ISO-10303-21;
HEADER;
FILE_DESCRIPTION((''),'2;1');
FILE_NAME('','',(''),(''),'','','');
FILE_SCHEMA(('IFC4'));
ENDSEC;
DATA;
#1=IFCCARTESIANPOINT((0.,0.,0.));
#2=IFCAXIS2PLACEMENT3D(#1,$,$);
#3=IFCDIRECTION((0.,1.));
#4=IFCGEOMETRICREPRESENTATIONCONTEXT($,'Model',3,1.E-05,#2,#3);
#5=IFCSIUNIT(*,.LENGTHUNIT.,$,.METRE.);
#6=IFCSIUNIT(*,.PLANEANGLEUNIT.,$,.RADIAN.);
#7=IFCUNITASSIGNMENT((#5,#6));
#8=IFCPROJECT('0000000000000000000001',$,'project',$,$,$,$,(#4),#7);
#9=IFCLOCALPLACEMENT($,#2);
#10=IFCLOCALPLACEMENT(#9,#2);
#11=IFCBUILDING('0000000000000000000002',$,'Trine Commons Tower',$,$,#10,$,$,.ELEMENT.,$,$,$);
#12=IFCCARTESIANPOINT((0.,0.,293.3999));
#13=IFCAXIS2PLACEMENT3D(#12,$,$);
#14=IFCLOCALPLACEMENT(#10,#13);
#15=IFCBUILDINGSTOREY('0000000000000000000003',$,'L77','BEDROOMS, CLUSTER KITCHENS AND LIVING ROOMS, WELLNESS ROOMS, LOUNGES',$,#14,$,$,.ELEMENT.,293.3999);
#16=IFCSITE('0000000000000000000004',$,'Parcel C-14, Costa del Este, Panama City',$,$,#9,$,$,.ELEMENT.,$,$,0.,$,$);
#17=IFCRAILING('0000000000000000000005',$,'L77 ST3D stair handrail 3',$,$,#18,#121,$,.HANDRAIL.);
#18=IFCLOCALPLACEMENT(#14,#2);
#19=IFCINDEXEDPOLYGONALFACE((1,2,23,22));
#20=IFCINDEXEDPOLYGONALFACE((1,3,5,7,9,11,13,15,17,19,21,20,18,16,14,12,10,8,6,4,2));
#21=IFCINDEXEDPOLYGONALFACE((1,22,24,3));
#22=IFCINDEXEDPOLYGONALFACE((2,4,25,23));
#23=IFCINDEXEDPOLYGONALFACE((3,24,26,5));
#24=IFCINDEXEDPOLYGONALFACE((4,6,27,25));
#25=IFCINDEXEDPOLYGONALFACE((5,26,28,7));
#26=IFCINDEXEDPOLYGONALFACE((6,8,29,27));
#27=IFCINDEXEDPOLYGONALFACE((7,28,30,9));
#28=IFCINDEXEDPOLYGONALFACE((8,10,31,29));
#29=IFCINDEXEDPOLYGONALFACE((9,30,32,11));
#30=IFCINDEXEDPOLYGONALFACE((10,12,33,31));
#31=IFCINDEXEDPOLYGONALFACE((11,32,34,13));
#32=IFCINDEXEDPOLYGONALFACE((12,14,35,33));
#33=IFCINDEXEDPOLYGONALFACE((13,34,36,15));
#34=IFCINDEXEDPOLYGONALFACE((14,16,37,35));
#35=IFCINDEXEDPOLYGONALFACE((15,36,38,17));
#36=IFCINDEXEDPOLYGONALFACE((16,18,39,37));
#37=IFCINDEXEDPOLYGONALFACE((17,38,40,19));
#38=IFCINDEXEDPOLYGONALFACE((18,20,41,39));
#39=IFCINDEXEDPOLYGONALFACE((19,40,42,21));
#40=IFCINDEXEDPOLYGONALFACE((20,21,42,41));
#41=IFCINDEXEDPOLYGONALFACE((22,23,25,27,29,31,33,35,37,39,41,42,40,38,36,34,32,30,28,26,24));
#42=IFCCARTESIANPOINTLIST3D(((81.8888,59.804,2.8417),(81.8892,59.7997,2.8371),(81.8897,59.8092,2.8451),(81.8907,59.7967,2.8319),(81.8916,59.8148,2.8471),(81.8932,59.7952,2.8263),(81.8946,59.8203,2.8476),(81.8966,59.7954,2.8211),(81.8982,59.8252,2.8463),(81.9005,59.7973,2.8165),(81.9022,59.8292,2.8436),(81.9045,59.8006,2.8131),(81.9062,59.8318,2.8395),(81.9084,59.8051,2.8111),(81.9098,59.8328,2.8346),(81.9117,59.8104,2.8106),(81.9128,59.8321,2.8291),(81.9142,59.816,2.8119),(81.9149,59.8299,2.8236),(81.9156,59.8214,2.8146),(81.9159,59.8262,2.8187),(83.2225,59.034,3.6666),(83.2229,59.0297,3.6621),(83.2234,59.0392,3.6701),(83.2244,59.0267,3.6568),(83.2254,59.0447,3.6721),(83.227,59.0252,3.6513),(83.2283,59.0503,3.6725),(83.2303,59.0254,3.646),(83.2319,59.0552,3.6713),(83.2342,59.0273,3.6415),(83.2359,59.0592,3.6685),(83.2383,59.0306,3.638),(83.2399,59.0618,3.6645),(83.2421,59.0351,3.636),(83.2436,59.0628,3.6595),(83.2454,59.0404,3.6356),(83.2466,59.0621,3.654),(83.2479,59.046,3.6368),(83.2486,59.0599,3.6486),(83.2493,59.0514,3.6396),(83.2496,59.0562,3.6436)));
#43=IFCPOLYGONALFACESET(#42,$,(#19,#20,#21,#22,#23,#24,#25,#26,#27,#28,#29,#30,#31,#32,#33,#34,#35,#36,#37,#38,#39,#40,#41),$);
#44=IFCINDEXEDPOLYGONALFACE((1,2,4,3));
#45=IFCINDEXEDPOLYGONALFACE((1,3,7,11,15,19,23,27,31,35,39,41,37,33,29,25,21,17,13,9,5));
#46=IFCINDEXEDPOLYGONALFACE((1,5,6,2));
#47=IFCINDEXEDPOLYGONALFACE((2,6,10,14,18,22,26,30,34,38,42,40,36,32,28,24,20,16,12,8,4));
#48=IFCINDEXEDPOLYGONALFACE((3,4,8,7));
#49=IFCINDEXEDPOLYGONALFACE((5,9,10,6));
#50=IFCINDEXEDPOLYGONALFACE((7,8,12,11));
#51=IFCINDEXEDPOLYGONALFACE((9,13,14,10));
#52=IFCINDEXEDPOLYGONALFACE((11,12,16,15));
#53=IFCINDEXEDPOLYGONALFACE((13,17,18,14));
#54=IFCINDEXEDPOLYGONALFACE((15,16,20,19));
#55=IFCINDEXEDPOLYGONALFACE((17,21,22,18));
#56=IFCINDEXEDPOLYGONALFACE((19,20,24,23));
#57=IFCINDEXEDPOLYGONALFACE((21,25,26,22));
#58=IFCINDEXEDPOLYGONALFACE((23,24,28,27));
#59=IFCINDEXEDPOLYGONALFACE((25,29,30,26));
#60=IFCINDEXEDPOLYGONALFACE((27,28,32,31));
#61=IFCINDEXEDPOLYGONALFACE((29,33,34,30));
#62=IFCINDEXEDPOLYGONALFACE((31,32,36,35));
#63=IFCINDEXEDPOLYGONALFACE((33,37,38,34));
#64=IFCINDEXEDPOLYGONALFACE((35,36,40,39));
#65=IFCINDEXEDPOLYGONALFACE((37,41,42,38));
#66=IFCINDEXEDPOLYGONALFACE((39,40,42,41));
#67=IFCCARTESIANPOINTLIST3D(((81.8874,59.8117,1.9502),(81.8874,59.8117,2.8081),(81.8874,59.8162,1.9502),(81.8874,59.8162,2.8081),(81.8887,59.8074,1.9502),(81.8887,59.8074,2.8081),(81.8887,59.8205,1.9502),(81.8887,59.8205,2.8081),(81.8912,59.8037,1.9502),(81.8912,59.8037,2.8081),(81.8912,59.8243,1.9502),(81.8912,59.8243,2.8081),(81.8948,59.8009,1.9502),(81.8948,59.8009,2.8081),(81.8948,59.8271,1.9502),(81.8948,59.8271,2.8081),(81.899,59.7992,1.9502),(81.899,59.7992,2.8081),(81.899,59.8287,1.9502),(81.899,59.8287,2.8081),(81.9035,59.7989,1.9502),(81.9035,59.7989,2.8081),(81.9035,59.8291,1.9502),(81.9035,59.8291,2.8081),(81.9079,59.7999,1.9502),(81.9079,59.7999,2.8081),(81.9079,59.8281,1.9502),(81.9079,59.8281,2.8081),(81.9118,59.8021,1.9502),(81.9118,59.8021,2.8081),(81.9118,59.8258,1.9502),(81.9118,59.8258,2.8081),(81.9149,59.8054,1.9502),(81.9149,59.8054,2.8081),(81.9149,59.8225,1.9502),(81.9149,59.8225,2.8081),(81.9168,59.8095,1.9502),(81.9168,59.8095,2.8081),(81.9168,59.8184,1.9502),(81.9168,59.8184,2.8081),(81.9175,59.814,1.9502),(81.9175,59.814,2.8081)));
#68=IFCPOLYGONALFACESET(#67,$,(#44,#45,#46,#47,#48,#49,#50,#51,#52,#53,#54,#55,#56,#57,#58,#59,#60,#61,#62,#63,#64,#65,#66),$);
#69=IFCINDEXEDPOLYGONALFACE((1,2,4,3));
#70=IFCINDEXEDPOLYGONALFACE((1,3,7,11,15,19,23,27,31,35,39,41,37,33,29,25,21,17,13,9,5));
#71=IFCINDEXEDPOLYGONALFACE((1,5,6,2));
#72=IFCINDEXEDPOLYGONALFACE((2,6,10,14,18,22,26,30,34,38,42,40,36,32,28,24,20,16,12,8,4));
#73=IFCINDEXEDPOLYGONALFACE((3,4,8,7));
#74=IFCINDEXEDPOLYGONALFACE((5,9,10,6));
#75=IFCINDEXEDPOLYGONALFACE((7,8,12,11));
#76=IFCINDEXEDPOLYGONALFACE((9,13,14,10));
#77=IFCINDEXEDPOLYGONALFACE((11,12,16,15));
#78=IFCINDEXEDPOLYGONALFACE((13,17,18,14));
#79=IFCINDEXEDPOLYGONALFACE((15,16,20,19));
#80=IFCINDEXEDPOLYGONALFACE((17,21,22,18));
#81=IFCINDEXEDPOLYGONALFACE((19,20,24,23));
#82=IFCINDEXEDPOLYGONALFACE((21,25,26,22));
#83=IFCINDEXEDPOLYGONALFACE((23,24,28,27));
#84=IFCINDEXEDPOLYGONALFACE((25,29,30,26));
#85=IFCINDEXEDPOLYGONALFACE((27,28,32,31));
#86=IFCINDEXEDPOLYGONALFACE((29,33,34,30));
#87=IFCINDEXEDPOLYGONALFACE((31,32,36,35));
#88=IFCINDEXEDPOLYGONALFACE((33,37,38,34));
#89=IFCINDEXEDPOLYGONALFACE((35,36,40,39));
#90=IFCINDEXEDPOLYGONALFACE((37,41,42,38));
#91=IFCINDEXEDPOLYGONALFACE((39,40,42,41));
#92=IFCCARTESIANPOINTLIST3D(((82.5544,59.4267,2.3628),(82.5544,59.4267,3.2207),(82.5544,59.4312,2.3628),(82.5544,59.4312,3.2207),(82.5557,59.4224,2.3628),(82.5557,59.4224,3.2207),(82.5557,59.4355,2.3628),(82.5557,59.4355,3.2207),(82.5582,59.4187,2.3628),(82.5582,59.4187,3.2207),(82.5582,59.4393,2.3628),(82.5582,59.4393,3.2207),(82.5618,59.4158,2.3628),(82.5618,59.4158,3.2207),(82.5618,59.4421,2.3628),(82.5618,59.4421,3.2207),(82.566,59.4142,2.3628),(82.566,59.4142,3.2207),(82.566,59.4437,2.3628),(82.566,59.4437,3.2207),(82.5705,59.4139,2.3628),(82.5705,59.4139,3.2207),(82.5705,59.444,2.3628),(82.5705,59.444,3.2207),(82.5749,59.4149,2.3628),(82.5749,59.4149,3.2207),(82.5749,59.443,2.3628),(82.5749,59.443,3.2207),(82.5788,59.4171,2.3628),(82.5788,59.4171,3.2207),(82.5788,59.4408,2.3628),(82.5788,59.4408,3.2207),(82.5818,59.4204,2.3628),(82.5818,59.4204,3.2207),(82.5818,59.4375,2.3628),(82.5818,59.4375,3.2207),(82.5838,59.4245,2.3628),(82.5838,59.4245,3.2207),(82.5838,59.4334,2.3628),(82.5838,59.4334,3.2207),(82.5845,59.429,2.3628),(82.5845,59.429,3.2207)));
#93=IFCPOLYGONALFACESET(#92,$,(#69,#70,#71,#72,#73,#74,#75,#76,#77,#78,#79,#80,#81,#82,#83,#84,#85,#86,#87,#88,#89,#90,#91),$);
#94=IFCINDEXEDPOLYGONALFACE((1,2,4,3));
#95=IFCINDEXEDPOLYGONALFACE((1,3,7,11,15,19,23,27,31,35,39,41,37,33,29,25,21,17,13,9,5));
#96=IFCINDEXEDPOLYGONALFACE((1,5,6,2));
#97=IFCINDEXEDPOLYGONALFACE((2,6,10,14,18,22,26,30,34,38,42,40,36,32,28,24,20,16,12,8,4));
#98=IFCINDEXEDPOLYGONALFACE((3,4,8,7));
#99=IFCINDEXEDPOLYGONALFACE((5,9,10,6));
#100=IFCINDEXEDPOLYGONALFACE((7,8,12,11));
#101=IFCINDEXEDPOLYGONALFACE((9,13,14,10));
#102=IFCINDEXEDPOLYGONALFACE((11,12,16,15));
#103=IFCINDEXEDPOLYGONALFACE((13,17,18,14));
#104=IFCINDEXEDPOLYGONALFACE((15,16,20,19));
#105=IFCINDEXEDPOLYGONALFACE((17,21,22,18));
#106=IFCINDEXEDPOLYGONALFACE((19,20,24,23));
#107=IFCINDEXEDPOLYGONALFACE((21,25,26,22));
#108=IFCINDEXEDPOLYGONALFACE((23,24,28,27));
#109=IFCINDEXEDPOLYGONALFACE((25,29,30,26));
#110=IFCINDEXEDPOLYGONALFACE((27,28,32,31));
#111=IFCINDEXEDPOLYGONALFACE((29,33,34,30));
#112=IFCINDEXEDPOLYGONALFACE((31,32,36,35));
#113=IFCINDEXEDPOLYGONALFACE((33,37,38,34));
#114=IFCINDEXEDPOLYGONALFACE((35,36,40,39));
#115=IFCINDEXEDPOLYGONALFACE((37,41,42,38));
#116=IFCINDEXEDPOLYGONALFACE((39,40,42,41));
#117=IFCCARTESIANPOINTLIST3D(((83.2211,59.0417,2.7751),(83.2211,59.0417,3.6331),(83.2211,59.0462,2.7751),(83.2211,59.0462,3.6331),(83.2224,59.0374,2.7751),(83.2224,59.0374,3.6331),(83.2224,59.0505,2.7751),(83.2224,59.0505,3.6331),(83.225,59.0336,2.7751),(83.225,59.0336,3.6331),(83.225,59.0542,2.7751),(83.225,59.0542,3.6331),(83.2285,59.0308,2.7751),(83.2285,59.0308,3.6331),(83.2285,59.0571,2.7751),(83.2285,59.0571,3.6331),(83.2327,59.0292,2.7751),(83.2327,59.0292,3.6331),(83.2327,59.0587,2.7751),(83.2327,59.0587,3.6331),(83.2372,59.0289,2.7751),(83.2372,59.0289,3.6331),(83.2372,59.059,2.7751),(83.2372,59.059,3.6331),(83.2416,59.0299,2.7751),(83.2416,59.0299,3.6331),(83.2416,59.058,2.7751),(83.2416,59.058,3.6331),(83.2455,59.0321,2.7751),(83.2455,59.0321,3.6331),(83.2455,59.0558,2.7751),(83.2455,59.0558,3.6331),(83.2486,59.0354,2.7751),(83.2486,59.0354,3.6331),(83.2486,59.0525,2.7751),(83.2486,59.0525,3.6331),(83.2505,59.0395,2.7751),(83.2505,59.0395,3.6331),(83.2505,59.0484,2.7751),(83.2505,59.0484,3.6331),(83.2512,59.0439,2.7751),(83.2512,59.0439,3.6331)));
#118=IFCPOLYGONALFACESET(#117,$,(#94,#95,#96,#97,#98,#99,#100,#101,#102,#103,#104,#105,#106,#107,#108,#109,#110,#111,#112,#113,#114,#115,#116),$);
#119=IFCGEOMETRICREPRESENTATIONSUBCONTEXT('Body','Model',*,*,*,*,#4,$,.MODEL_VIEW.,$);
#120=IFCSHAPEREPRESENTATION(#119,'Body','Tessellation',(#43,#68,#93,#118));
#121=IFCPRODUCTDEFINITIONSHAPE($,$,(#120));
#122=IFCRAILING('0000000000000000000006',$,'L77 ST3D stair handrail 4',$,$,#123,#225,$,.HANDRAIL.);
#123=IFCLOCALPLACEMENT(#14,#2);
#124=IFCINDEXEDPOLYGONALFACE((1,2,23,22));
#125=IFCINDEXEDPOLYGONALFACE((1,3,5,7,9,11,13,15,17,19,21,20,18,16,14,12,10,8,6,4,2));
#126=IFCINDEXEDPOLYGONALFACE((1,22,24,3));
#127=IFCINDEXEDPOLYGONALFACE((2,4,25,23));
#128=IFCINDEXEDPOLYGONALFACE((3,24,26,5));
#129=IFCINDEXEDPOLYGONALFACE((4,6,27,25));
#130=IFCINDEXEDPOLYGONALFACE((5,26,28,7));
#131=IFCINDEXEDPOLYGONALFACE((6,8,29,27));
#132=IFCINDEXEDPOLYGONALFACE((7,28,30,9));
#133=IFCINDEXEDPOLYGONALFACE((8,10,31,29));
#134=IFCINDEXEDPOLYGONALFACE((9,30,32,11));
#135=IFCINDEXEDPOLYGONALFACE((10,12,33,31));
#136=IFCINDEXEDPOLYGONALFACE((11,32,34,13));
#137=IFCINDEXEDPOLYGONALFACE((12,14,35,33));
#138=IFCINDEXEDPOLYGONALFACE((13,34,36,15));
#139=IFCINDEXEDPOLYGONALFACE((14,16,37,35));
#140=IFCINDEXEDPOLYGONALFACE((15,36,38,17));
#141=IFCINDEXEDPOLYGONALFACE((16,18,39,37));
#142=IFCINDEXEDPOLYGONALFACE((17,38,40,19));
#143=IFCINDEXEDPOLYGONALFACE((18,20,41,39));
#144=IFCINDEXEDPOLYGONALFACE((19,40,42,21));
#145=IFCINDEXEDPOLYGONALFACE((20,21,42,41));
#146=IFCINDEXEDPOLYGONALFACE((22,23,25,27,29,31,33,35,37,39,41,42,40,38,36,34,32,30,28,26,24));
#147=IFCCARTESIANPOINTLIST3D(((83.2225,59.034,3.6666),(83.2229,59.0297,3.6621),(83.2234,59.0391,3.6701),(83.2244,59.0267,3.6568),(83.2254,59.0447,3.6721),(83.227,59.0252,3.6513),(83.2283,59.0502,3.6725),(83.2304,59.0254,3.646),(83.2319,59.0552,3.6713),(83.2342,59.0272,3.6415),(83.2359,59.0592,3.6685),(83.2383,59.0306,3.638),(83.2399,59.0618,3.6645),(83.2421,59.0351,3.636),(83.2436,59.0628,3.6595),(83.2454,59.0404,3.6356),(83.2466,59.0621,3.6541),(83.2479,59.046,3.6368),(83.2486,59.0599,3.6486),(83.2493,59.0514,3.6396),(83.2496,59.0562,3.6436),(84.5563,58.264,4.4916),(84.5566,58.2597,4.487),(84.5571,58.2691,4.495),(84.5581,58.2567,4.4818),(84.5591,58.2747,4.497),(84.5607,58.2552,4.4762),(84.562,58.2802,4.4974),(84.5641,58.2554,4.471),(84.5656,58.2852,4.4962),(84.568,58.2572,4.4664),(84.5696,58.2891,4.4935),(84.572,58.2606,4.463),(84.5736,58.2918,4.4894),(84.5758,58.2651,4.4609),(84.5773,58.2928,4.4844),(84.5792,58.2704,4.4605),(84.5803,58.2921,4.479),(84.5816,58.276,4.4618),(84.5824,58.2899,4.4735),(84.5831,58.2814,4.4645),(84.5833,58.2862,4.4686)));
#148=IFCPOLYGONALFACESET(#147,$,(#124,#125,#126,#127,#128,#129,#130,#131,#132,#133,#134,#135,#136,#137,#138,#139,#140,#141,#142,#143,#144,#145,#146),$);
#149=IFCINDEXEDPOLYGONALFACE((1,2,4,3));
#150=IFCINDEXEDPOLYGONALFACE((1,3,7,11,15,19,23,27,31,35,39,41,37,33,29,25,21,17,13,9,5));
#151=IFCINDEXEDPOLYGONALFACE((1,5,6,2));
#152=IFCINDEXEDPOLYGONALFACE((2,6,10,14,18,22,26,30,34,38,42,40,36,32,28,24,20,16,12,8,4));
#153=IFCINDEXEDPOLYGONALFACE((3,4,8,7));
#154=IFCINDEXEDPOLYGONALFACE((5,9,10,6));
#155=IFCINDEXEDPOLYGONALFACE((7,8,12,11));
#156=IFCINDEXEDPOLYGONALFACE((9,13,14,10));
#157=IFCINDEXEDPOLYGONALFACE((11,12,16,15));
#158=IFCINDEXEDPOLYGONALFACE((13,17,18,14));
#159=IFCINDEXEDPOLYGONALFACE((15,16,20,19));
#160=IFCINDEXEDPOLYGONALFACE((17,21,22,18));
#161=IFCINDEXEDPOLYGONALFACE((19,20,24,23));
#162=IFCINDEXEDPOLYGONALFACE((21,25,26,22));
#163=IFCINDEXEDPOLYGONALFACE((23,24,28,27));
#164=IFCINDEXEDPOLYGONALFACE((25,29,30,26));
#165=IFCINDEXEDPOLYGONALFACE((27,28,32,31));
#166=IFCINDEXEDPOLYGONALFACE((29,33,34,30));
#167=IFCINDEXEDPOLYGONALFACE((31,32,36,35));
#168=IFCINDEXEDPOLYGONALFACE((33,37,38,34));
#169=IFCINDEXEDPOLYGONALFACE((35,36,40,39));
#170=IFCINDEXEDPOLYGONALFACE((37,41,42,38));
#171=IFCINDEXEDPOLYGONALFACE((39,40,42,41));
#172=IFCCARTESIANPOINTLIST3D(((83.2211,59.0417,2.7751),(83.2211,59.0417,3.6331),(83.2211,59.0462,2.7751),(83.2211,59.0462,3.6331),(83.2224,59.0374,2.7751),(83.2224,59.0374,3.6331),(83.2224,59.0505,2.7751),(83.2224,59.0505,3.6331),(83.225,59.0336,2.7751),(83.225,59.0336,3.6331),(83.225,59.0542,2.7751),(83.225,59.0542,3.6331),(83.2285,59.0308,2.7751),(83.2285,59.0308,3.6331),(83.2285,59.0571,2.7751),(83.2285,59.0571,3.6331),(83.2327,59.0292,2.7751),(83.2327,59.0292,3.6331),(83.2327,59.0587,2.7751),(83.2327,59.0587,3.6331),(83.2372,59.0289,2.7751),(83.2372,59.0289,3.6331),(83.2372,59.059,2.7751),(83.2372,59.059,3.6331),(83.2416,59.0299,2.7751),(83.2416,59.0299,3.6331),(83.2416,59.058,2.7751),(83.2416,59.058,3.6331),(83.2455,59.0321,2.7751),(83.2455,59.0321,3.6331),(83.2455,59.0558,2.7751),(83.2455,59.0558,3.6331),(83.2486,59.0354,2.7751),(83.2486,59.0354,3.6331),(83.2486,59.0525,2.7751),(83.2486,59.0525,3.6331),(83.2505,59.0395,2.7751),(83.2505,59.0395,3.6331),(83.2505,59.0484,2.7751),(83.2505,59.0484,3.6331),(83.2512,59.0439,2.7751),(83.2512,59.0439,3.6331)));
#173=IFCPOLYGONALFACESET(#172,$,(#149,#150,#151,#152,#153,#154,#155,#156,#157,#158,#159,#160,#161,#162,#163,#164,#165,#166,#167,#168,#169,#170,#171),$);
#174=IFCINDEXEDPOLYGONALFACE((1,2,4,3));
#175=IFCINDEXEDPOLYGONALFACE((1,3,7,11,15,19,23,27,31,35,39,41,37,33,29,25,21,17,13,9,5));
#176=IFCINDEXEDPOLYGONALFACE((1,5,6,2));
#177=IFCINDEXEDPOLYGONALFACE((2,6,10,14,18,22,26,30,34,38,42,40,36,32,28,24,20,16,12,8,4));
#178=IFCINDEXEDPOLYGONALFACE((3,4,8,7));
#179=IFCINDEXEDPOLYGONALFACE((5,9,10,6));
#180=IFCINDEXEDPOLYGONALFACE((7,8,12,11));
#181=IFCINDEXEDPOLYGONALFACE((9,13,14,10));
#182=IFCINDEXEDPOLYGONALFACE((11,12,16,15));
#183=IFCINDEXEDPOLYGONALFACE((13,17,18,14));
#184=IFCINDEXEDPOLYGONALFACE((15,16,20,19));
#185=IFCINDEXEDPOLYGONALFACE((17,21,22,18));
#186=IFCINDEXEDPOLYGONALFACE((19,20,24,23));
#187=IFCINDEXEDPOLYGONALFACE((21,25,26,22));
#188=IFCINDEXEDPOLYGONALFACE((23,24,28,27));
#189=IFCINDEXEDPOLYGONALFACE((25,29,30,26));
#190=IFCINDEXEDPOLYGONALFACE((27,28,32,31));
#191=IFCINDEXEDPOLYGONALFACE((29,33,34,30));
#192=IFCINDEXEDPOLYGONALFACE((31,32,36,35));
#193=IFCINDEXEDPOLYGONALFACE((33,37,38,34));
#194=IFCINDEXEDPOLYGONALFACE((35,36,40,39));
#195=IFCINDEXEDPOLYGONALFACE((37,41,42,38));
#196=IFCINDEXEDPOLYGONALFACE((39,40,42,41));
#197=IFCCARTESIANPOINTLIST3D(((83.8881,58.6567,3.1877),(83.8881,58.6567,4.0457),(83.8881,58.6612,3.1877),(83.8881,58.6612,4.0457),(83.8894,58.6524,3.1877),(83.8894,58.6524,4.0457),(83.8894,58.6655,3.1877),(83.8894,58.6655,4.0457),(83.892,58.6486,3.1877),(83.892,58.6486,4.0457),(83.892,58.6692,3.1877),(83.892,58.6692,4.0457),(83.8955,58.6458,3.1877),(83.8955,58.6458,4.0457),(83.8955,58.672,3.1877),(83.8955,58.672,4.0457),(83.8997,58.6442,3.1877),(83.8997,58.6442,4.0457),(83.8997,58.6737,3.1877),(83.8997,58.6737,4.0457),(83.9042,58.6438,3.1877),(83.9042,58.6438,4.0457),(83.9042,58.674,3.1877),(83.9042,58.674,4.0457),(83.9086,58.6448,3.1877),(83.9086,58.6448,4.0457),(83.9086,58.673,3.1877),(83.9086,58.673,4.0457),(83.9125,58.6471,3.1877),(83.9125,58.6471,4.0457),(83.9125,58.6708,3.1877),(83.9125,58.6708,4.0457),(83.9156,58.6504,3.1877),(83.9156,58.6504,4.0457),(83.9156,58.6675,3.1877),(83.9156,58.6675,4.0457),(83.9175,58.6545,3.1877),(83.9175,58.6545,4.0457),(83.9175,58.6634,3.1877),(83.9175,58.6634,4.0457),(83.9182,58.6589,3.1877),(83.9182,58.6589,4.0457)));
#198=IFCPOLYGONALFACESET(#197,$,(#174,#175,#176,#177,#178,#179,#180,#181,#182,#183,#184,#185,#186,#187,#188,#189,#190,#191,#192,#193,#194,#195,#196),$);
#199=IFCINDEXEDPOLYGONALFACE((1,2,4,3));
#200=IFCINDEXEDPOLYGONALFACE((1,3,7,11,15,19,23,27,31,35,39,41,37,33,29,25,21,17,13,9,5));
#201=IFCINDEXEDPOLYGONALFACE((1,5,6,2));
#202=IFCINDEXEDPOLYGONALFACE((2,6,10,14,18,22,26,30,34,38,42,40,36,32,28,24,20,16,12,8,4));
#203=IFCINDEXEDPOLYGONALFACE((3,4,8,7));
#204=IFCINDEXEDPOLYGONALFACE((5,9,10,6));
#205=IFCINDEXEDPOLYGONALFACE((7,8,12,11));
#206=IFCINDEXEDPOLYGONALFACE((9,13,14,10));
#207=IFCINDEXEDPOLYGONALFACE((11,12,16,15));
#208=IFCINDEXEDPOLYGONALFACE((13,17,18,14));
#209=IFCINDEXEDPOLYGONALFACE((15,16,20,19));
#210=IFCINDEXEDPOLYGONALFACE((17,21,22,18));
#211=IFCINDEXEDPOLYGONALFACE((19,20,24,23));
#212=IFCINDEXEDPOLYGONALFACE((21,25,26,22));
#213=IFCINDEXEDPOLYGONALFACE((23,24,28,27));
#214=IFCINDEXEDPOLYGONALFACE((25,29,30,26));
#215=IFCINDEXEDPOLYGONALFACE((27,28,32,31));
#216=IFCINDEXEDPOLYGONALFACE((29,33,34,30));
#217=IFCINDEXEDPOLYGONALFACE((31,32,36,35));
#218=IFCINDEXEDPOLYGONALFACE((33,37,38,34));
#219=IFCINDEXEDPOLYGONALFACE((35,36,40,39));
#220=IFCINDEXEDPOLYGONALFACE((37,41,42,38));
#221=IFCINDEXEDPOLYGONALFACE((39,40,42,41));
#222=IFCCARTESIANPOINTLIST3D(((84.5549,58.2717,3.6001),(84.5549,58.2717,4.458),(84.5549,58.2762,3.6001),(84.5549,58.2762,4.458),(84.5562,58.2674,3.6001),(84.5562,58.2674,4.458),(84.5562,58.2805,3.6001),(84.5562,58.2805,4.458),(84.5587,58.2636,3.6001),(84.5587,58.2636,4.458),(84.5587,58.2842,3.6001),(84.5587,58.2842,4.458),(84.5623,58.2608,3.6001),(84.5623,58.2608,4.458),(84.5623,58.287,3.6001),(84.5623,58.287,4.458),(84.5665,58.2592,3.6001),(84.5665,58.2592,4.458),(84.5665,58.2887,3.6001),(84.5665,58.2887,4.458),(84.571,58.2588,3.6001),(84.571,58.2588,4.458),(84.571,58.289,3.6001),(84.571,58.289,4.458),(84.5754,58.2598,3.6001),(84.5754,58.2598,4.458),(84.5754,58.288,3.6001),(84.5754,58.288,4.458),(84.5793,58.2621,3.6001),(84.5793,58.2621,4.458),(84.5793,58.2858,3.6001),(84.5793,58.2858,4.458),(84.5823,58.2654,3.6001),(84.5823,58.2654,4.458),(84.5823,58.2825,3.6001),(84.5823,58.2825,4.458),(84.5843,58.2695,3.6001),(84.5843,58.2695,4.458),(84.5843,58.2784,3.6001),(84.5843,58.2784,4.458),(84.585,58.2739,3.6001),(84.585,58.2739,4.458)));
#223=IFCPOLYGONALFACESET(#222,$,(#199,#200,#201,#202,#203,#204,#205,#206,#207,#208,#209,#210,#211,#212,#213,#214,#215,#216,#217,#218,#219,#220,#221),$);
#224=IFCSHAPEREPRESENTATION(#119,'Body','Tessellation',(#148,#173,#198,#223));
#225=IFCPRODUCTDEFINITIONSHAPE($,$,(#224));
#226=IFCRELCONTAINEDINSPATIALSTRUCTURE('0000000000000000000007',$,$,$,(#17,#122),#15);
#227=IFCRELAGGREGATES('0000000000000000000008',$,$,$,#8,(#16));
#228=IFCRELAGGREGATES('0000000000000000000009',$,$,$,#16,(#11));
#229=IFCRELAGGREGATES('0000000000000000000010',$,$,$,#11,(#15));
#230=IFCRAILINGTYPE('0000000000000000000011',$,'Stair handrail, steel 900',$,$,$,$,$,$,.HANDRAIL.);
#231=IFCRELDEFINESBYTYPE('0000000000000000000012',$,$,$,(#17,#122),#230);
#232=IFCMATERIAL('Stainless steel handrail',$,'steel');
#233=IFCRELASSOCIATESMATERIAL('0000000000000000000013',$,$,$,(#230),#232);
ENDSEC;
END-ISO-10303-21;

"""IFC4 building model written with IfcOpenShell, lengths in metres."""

from ifc_helpers import new_model, si_unit, direction, frame, origin, origin_2d, place, context, subcontext, project, spatial, circle, extrude, material, type_object, element, save


model = new_model("IFC4")

# Units and contexts
model_context = context("Model", 3, precision=1e-05, world=origin(), true_north=direction((0.0, 1.0)))
body_context = subcontext(model_context, "Body", "Model", "MODEL_VIEW")
ifc_project = project(units=[si_unit("LENGTHUNIT", "METRE"), si_unit("PLANEANGLEUNIT", "RADIAN")], contexts=[model_context])

# Site, building, storey
site_placement = place(None, origin())
site = spatial("IfcSite", under=ifc_project, at=site_placement, Name="Parcel C-14, Costa del Este, Panama City", CompositionType="ELEMENT", RefElevation=0.0)
building_placement = place(site_placement, origin())
building = spatial("IfcBuilding", under=site, at=building_placement, Name="Trine Commons Tower", CompositionType="ELEMENT")
storey_placement = place(building_placement, frame((0.0, 0.0, 293.3999)))
storey = spatial("IfcBuildingStorey", under=building, at=storey_placement, Name="L77", Description="BEDROOMS, CLUSTER KITCHENS AND LIVING ROOMS, WELLNESS ROOMS, LOUNGES", CompositionType="ELEMENT", Elevation=293.3999)

# Railings
ifc_material_1 = material(Name="Stainless steel handrail", Category="steel")
railing_type_1 = type_object("IfcRailingType", Name="Stair handrail, steel 900", PredefinedType="HANDRAIL", material=ifc_material_1)
for number, where, name in (
    (1, (81.9023, 59.814, 1.9502), "L77 ST3D stair handrail 3"),
    (2, (83.2361, 59.0439, 2.7751), "L77 ST3D stair handrail 4"),
):
    element("IfcRailing", number, at=place(storey_placement, frame(where)), inside=storey, type_object=railing_type_1, Name=name, PredefinedType="HANDRAIL", context=body_context, shape_type="SweptSolid", body=[
        extrude(circle(Radius=0.021, at=origin_2d()), frame((0.0, 0.0, 0.8789), z_axis=(0.763405, -0.440743, 0.472185), x_axis=(0.499992, 0.86603, 0.0)), (0.0, 0.0, 1.0), 1.7471),
        extrude(circle(Radius=0.0151, at=origin_2d()), origin(), (0.0, 0.0, 1.0), 0.8579),
        extrude(circle(Radius=0.0151, at=origin_2d()), frame((0.667, -0.385, 0.4126)), (0.0, 0.0, 1.0), 0.8579),
        extrude(circle(Radius=0.0151, at=origin_2d()), frame((1.3337, -0.77, 0.825)), (0.0, 0.0, 1.0), 0.8579),
    ])

save(model, "model.ifc")
